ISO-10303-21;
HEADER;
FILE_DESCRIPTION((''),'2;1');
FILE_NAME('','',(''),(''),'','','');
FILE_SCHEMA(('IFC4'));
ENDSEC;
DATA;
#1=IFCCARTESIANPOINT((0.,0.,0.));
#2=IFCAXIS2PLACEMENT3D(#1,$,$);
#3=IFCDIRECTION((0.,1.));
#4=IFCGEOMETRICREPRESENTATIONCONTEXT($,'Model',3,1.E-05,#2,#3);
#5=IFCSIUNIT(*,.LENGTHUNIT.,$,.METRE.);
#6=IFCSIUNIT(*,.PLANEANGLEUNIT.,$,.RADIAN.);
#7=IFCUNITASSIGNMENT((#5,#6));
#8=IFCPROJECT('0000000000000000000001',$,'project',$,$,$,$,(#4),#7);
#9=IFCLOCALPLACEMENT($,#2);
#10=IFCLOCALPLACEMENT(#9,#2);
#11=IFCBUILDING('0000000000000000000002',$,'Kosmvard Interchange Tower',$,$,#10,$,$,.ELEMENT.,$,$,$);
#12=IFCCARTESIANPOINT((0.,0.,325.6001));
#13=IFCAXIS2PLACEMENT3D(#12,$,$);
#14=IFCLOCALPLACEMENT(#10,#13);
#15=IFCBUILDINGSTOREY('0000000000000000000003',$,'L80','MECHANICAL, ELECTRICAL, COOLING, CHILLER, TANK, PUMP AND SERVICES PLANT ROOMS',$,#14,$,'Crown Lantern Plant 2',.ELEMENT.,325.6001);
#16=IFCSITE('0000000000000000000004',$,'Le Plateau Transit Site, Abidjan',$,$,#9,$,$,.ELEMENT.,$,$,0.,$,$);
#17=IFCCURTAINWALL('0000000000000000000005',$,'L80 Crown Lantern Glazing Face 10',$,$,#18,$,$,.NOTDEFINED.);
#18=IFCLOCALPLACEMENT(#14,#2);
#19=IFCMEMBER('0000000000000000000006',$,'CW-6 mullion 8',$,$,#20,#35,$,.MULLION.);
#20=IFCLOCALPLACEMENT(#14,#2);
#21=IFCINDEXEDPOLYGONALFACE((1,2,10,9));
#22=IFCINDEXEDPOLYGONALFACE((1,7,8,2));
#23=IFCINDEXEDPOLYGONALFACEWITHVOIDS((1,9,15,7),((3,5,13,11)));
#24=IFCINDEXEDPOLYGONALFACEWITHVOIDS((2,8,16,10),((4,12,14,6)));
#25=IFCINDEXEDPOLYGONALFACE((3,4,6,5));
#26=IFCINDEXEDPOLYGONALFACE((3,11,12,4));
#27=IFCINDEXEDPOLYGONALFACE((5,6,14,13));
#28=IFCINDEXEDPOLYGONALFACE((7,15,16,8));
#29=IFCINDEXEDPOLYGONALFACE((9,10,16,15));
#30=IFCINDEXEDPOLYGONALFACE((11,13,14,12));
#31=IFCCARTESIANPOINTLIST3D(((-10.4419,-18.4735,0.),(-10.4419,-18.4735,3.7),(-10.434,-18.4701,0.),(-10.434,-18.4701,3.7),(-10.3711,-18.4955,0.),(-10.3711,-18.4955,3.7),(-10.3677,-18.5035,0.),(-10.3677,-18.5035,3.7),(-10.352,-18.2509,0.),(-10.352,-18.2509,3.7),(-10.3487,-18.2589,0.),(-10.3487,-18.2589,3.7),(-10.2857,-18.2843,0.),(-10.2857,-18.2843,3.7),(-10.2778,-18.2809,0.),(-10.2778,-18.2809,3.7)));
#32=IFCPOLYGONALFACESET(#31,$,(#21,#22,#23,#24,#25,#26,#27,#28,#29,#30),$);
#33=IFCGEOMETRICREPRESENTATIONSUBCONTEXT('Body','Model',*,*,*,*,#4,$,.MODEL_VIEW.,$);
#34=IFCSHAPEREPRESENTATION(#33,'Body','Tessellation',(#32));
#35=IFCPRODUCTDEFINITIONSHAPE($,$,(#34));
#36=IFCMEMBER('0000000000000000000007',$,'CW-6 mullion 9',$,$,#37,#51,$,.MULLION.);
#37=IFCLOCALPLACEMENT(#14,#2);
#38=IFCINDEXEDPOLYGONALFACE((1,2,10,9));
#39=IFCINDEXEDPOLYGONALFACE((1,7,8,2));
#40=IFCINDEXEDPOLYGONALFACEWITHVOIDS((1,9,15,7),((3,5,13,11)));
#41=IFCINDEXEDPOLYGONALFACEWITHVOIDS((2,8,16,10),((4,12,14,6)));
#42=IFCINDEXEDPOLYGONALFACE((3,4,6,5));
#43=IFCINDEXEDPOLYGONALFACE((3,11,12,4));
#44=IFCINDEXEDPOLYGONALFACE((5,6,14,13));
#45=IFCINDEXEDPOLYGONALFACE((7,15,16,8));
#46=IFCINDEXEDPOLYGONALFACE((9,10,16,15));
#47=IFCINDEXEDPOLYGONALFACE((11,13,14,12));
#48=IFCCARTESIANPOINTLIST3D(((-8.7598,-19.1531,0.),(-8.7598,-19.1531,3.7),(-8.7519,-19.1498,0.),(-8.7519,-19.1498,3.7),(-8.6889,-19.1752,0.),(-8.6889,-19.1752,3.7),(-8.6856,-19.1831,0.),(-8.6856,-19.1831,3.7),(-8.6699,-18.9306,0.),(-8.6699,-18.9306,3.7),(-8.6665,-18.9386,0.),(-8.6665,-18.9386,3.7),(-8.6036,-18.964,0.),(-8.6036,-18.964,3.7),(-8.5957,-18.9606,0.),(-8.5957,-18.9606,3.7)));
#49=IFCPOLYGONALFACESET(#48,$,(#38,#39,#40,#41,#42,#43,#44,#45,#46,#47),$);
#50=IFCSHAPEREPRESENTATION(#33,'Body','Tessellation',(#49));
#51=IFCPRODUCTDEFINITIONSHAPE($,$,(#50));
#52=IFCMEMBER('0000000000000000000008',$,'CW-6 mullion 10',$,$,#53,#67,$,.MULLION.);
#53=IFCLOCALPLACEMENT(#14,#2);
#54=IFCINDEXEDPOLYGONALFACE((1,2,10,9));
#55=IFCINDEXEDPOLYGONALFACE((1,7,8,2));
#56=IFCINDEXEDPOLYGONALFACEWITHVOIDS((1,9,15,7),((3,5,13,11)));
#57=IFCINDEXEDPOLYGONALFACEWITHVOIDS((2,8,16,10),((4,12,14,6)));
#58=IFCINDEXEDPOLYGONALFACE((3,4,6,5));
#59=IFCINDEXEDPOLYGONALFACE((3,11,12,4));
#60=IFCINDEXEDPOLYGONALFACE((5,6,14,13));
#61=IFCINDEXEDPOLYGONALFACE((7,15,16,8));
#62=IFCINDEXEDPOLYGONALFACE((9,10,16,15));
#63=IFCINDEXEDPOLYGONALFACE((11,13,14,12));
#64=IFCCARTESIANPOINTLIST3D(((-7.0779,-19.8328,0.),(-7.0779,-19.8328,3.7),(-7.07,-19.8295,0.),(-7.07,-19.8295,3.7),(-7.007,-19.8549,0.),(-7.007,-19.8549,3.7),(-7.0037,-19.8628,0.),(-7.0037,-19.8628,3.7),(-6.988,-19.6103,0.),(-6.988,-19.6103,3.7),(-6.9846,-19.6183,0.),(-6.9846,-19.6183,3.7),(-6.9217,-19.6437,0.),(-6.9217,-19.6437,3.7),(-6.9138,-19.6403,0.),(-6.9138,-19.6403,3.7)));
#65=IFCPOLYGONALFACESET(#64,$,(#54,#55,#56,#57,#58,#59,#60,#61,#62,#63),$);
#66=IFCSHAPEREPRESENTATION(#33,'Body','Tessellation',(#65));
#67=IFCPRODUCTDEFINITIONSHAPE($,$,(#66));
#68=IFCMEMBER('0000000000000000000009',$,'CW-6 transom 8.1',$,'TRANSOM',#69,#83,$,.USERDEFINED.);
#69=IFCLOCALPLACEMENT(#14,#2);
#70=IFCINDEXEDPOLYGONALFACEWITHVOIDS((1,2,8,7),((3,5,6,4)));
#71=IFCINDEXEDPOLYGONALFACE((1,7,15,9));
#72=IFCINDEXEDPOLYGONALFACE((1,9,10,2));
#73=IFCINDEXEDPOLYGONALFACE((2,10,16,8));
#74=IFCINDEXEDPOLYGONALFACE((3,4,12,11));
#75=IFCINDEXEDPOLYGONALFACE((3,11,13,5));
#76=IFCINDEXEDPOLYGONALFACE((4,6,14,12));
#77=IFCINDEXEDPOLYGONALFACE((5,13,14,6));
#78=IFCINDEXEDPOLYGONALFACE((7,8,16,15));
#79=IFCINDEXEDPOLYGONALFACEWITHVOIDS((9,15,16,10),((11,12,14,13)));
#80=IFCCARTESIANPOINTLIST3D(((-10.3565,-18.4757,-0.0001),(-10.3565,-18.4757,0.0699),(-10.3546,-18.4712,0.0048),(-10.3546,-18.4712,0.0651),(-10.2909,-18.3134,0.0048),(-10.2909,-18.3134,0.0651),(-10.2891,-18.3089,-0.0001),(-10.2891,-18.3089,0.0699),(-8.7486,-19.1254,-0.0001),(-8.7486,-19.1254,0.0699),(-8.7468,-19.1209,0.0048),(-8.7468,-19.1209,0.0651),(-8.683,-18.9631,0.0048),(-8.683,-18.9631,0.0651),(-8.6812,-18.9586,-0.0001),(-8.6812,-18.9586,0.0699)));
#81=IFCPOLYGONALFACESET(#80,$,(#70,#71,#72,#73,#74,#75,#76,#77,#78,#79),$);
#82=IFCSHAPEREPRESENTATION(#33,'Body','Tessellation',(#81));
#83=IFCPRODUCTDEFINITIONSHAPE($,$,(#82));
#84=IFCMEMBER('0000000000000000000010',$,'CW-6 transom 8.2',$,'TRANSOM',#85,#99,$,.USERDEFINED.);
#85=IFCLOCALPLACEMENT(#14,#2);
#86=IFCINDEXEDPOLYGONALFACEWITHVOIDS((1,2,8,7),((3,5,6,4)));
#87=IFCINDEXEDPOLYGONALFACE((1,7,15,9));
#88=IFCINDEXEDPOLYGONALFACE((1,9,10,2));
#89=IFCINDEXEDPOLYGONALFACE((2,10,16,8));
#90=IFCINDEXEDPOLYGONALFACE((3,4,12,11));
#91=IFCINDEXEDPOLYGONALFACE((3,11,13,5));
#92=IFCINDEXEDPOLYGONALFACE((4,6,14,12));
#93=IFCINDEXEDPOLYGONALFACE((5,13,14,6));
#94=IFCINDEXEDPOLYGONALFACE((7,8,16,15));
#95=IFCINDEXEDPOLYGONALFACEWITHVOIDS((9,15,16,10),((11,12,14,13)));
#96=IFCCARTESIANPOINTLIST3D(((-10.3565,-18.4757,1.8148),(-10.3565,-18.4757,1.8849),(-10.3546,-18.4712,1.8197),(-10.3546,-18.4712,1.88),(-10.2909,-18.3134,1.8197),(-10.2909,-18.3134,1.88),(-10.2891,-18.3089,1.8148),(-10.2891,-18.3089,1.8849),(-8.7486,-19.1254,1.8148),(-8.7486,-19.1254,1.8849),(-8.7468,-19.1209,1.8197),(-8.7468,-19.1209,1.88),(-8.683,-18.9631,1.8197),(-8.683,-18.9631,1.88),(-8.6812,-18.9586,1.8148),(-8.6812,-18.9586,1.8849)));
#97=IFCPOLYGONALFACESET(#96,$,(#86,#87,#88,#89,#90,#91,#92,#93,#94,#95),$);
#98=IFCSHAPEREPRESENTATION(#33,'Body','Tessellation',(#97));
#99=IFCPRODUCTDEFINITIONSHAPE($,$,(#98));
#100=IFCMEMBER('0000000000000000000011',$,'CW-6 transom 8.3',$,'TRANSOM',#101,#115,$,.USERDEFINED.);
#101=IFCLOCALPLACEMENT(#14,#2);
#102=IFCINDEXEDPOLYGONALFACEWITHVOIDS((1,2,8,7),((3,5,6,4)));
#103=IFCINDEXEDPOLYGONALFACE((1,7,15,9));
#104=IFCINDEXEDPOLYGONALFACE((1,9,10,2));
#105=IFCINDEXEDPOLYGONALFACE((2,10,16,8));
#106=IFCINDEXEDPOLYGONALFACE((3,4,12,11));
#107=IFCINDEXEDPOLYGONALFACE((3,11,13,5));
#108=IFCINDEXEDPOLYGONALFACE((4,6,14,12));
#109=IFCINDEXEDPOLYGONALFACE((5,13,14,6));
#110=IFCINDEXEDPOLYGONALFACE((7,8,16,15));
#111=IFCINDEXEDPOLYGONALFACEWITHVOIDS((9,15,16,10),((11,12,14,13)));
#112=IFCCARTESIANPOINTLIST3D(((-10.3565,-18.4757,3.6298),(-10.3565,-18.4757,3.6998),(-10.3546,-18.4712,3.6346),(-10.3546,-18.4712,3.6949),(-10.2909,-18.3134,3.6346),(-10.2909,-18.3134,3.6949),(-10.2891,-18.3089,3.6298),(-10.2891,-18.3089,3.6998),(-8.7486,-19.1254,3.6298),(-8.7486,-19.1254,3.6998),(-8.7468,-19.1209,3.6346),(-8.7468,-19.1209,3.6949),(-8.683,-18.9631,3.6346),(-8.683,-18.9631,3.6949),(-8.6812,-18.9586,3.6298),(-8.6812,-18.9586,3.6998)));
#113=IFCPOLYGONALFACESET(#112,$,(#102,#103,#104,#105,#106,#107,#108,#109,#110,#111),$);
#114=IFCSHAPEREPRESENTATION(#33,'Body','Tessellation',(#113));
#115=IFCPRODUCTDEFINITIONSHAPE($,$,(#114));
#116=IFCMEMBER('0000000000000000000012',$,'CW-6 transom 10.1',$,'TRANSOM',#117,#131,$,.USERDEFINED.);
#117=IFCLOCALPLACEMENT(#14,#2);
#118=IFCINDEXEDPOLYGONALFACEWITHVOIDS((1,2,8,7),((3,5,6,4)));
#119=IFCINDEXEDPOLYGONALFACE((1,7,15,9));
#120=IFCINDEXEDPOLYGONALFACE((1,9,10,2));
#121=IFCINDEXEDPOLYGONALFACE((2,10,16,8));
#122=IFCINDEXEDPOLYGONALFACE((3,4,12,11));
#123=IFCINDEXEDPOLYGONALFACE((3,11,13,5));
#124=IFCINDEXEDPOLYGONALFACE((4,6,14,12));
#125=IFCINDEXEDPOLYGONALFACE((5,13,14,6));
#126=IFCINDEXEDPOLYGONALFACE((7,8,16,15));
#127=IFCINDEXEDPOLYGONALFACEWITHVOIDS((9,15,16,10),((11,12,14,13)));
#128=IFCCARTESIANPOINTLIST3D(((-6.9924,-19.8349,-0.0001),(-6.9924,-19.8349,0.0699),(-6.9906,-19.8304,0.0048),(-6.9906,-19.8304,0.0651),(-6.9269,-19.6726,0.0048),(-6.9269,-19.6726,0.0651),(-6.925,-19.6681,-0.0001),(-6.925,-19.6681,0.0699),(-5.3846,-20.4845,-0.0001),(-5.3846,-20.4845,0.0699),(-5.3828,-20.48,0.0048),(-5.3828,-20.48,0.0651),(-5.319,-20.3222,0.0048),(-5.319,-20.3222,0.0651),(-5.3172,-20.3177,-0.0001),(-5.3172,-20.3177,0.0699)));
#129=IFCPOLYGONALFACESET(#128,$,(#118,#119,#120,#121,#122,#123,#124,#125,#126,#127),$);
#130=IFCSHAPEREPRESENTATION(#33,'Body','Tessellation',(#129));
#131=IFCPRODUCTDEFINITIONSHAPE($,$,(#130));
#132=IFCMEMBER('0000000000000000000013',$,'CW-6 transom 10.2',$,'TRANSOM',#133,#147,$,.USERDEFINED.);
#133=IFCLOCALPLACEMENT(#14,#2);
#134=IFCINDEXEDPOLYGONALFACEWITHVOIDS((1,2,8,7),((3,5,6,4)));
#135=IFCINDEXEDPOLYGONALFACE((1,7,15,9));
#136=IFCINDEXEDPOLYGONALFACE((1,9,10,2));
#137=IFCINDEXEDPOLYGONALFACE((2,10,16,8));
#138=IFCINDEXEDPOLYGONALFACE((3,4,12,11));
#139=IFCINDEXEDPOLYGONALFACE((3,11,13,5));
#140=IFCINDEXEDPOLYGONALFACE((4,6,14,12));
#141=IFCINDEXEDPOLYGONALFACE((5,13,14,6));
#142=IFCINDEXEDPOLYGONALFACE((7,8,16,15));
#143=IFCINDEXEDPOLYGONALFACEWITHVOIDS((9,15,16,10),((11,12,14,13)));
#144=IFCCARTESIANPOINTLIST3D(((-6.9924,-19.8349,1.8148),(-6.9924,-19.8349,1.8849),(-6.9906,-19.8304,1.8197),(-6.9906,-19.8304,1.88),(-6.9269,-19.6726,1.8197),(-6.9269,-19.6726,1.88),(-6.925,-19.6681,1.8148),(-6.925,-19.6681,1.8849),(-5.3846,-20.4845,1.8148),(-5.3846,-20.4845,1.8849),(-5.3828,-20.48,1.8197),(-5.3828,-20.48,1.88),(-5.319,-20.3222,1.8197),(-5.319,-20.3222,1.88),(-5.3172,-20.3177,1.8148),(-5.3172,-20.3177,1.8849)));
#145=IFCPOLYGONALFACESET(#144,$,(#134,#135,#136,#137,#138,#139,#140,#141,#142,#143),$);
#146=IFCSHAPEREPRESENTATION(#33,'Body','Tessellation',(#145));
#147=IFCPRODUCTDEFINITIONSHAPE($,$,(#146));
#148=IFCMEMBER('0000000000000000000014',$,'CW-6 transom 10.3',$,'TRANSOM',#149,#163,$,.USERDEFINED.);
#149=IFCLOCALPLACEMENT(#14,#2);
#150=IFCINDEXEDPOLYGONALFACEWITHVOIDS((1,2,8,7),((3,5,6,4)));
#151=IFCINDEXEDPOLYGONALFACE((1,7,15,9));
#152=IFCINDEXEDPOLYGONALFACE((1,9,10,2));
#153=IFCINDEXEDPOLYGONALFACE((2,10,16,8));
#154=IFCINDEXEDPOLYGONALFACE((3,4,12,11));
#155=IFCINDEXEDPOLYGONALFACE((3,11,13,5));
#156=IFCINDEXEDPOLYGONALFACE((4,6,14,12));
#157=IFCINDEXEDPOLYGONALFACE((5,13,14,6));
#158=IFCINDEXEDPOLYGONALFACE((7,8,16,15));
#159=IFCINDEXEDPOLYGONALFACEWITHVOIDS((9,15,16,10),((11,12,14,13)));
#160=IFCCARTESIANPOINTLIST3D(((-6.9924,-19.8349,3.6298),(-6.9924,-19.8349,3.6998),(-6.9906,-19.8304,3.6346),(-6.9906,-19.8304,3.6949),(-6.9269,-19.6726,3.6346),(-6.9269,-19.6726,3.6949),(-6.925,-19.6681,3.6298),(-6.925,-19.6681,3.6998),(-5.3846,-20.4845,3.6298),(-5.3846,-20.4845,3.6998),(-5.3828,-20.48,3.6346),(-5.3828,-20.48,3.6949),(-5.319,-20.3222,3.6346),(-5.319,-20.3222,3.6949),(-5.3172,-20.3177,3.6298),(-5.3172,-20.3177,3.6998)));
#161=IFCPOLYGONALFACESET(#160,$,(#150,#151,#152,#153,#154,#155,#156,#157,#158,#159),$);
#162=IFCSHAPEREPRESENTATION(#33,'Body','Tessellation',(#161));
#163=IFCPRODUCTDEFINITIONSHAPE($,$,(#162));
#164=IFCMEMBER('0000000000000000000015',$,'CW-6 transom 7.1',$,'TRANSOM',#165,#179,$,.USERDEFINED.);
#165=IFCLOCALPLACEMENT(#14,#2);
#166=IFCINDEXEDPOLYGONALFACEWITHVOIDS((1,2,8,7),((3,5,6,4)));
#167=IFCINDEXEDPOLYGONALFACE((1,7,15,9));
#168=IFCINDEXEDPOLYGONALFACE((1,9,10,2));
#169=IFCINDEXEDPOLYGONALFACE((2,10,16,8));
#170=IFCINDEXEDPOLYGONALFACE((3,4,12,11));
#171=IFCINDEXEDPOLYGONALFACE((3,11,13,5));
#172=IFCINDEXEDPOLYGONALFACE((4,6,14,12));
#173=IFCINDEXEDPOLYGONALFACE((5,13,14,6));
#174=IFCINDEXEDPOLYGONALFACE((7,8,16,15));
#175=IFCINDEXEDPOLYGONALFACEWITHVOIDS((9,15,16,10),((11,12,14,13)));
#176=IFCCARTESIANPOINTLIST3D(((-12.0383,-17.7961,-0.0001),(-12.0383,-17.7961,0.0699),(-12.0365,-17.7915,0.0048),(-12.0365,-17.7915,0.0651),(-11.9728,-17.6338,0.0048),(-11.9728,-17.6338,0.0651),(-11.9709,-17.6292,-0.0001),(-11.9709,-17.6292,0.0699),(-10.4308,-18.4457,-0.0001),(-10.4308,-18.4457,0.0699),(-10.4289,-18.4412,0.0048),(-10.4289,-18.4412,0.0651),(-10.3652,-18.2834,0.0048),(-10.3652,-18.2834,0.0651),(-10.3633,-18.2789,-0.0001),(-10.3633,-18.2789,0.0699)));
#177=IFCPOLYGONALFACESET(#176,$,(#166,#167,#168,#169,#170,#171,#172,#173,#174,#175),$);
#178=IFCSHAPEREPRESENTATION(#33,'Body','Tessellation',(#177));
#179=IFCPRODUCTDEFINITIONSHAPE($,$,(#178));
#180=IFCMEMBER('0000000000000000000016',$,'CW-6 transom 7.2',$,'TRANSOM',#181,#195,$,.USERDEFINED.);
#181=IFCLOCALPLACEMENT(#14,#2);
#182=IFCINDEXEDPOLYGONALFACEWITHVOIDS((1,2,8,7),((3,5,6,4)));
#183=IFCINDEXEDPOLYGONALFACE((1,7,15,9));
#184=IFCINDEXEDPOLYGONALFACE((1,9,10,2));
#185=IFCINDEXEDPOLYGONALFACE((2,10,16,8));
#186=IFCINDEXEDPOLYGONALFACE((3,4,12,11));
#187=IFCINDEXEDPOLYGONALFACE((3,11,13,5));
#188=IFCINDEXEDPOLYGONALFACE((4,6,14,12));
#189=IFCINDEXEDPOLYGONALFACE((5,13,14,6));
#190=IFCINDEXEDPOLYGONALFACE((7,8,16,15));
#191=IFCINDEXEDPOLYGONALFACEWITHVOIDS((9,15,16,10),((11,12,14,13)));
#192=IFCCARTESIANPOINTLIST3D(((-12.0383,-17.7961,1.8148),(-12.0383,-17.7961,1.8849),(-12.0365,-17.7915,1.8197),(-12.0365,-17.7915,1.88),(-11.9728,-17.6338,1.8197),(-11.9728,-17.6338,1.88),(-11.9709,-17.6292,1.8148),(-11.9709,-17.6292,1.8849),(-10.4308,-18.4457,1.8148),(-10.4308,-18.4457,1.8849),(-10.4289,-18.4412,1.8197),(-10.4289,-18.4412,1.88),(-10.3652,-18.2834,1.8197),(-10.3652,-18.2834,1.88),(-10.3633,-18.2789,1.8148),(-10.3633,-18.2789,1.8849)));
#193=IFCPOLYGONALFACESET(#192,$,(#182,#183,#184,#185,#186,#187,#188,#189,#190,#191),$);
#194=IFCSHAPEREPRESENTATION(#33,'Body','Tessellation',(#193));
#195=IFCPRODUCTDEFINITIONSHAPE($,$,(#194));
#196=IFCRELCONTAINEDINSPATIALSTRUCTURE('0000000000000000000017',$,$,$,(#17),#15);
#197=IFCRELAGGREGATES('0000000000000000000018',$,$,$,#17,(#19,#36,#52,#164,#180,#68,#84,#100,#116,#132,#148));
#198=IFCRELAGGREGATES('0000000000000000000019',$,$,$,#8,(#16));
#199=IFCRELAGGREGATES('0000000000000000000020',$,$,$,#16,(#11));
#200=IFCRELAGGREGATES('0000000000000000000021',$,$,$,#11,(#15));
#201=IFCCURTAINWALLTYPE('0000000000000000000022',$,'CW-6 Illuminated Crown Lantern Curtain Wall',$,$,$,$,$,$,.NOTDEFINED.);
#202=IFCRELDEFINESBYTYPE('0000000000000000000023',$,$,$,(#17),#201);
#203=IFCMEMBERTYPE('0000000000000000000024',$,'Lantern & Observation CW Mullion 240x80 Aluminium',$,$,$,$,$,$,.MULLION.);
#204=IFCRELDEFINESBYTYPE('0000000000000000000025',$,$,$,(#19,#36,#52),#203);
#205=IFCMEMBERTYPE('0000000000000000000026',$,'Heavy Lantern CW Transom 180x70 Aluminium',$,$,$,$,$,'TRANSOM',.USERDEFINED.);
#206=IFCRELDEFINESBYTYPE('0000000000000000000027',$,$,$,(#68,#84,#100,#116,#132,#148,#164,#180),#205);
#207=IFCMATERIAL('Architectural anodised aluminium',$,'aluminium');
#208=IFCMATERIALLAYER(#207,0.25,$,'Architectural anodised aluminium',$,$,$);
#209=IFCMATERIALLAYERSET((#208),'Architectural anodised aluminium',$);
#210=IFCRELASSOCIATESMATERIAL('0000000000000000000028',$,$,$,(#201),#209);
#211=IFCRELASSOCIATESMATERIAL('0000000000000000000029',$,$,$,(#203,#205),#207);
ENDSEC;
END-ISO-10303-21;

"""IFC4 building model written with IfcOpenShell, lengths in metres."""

from ifc_helpers import new_model, si_unit, direction, frame, origin, origin_2d, place, context, subcontext, project, spatial, hollow_rectangle, extrude, source, transform, mapped, material, layer, layer_set, material_profile, profile_set, type_object, element, aggregate, save


model = new_model("IFC4")

# Units and contexts
model_context = context("Model", 3, precision=1e-05, world=origin(), true_north=direction((0.0, 1.0)))
body_context = subcontext(model_context, "Body", "Model", "MODEL_VIEW")
ifc_project = project(units=[si_unit("LENGTHUNIT", "METRE"), si_unit("PLANEANGLEUNIT", "RADIAN")], contexts=[model_context])

# Site, building, storey
site_placement = place(None, origin())
site = spatial("IfcSite", under=ifc_project, at=site_placement, Name="Le Plateau Transit Site, Abidjan", CompositionType="ELEMENT", RefElevation=0.0)
building_placement = place(site_placement, origin())
building = spatial("IfcBuilding", under=site, at=building_placement, Name="Kosmvard Interchange Tower", CompositionType="ELEMENT")
storey_placement = place(building_placement, frame((0.0, 0.0, 325.6001)))
storey = spatial("IfcBuildingStorey", under=building, at=storey_placement, Name="L80", Description="MECHANICAL, ELECTRICAL, COOLING, CHILLER, TANK, PUMP AND SERVICES PLANT ROOMS", LongName="Crown Lantern Plant 2", CompositionType="ELEMENT", Elevation=325.6001)

# Curtain wall, members
ifc_material_1 = material(Name="Architectural anodised aluminium", Category="aluminium")
ifc_layer_1 = layer(ifc_material_1, 0.25, Name="Architectural anodised aluminium")
ifc_layer_set_1 = layer_set([ifc_layer_1], Name="Architectural anodised aluminium")
curtain_wall_type = type_object("IfcCurtainWallType", Name="CW-6 Illuminated Crown Lantern Curtain Wall", PredefinedType="NOTDEFINED", material=ifc_layer_set_1)
curtain_wall_placement = place(storey_placement, origin())
curtain_wall = element("IfcCurtainWall", 1, at=curtain_wall_placement, inside=storey, type_object=curtain_wall_type, Name="L80 Crown Lantern Glazing Face 10", PredefinedType="NOTDEFINED")
ifc_material_profile_1 = material_profile(ifc_material_1, hollow_rectangle(XDim=0.24, YDim=0.0801, WallThickness=0.0061, at=origin_2d()), Name="CWM 240x80x6")
ifc_profile_set_1 = profile_set([ifc_material_profile_1], Name="Architectural anodised aluminium")
member_type_1 = type_object("IfcMemberType", Name="Lantern & Observation CW Mullion 240x80 Aluminium", PredefinedType="MULLION", material=ifc_profile_set_1)
shared_shape_1 = source(origin(), body_context, "Body", "SweptSolid", [
    extrude(hollow_rectangle(XDim=0.24, YDim=0.0801, WallThickness=0.0061, at=origin_2d()), origin(), (0.0, 0.0, 1.0), 3.7),
])
member_1_placement = place(storey_placement, frame((-10.3599, -18.3772, 0.0), z_axis=(0.0, 0.0, 1.0), x_axis=(0.374607, 0.927184, 0.0)))
member_1 = element("IfcMember", 2, at=member_1_placement, type_object=member_type_1, Name="CW-6 mullion 8", PredefinedType="MULLION", context=body_context, shape_type="MappedRepresentation", body=[
    mapped(shared_shape_1, transform((0.0, 0.0, 0.0), scale=1.0)),
])
member_2_placement = place(storey_placement, frame((-8.6777, -19.0569, 0.0), z_axis=(0.0, 0.0, 1.0), x_axis=(0.374607, 0.927184, 0.0)))
member_2 = element("IfcMember", 3, at=member_2_placement, type_object=member_type_1, Name="CW-6 mullion 9", PredefinedType="MULLION", context=body_context, shape_type="MappedRepresentation", body=[
    mapped(shared_shape_1, transform((0.0, 0.0, 0.0), scale=1.0)),
])
member_3_placement = place(storey_placement, frame((-6.9958, -19.7366, 0.0), z_axis=(0.0, 0.0, 1.0), x_axis=(0.374607, 0.927184, 0.0)))
member_3 = element("IfcMember", 4, at=member_3_placement, type_object=member_type_1, Name="CW-6 mullion 10", PredefinedType="MULLION", context=body_context, shape_type="MappedRepresentation", body=[
    mapped(shared_shape_1, transform((0.0, 0.0, 0.0), scale=1.0)),
])
ifc_material_profile_2 = material_profile(ifc_material_1, hollow_rectangle(XDim=0.1799, YDim=0.0701, WallThickness=0.0049, at=origin_2d()), Name="CWT 180x70x5")
ifc_profile_set_2 = profile_set([ifc_material_profile_2], Name="Architectural anodised aluminium")
member_type_2 = type_object("IfcMemberType", Name="Heavy Lantern CW Transom 180x70 Aluminium", ElementType="TRANSOM", PredefinedType="USERDEFINED", material=ifc_profile_set_2)
shared_shape_2 = source(origin(), body_context, "Body", "SweptSolid", [
    extrude(hollow_rectangle(XDim=0.1799, YDim=0.0701, WallThickness=0.0049, at=origin_2d()), origin(), (0.0, 0.0, 1.0), 1.7341),
])
member_4_placement = place(storey_placement, frame((-10.3228, -18.3923, 0.0349), z_axis=(0.92718, -0.374617, 0.0), x_axis=(0.374617, 0.92718, 0.0)))
member_4 = element("IfcMember", 5, at=member_4_placement, type_object=member_type_2, Name="CW-6 transom 8.1", ObjectType="TRANSOM", PredefinedType="USERDEFINED", context=body_context, shape_type="MappedRepresentation", body=[
    mapped(shared_shape_2, transform((0.0, 0.0, 0.0), scale=1.0)),
])
member_5_placement = place(storey_placement, frame((-10.3228, -18.3923, 1.8499), z_axis=(0.92718, -0.374617, 0.0), x_axis=(0.374617, 0.92718, 0.0)))
member_5 = element("IfcMember", 6, at=member_5_placement, type_object=member_type_2, Name="CW-6 transom 8.2", ObjectType="TRANSOM", PredefinedType="USERDEFINED", context=body_context, shape_type="MappedRepresentation", body=[
    mapped(shared_shape_2, transform((0.0, 0.0, 0.0), scale=1.0)),
])
member_6_placement = place(storey_placement, frame((-10.3228, -18.3923, 3.6648), z_axis=(0.92718, -0.374617, 0.0), x_axis=(0.374617, 0.92718, 0.0)))
member_6 = element("IfcMember", 7, at=member_6_placement, type_object=member_type_2, Name="CW-6 transom 8.3", ObjectType="TRANSOM", PredefinedType="USERDEFINED", context=body_context, shape_type="MappedRepresentation", body=[
    mapped(shared_shape_2, transform((0.0, 0.0, 0.0), scale=1.0)),
])
member_7_placement = place(storey_placement, frame((-6.9587, -19.7515, 0.0349), z_axis=(0.92718, -0.374617, 0.0), x_axis=(0.374617, 0.92718, 0.0)))
member_7 = element("IfcMember", 8, at=member_7_placement, type_object=member_type_2, Name="CW-6 transom 10.1", ObjectType="TRANSOM", PredefinedType="USERDEFINED", context=body_context, shape_type="MappedRepresentation", body=[
    mapped(shared_shape_2, transform((0.0, 0.0, 0.0), scale=1.0)),
])
member_8_placement = place(storey_placement, frame((-6.9587, -19.7515, 1.8499), z_axis=(0.92718, -0.374617, 0.0), x_axis=(0.374617, 0.92718, 0.0)))
member_8 = element("IfcMember", 9, at=member_8_placement, type_object=member_type_2, Name="CW-6 transom 10.2", ObjectType="TRANSOM", PredefinedType="USERDEFINED", context=body_context, shape_type="MappedRepresentation", body=[
    mapped(shared_shape_2, transform((0.0, 0.0, 0.0), scale=1.0)),
])
member_9_placement = place(storey_placement, frame((-6.9587, -19.7515, 3.6648), z_axis=(0.92718, -0.374617, 0.0), x_axis=(0.374617, 0.92718, 0.0)))
member_9 = element("IfcMember", 10, at=member_9_placement, type_object=member_type_2, Name="CW-6 transom 10.3", ObjectType="TRANSOM", PredefinedType="USERDEFINED", context=body_context, shape_type="MappedRepresentation", body=[
    mapped(shared_shape_2, transform((0.0, 0.0, 0.0), scale=1.0)),
])
shared_shape_3 = source(origin(), body_context, "Body", "SweptSolid", [
    extrude(hollow_rectangle(XDim=0.1799, YDim=0.0701, WallThickness=0.0049, at=origin_2d()), origin(), (0.0, 0.0, 1.0), 1.7339),
])
member_10_placement = place(storey_placement, frame((-12.0046, -17.7126, 0.0349), z_axis=(0.92716, -0.374666, 0.0), x_axis=(0.374666, 0.92716, 0.0)))
member_10 = element("IfcMember", 11, at=member_10_placement, type_object=member_type_2, Name="CW-6 transom 7.1", ObjectType="TRANSOM", PredefinedType="USERDEFINED", context=body_context, shape_type="MappedRepresentation", body=[
    mapped(shared_shape_3, transform((0.0, 0.0, 0.0), scale=1.0)),
])
member_11_placement = place(storey_placement, frame((-12.0046, -17.7126, 1.8499), z_axis=(0.92716, -0.374666, 0.0), x_axis=(0.374666, 0.92716, 0.0)))
member_11 = element("IfcMember", 12, at=member_11_placement, type_object=member_type_2, Name="CW-6 transom 7.2", ObjectType="TRANSOM", PredefinedType="USERDEFINED", context=body_context, shape_type="MappedRepresentation", body=[
    mapped(shared_shape_3, transform((0.0, 0.0, 0.0), scale=1.0)),
])
aggregate(curtain_wall, [member_1, member_2, member_3, member_10, member_11, member_4, member_5, member_6, member_7, member_8, member_9])

save(model, "model.ifc")
